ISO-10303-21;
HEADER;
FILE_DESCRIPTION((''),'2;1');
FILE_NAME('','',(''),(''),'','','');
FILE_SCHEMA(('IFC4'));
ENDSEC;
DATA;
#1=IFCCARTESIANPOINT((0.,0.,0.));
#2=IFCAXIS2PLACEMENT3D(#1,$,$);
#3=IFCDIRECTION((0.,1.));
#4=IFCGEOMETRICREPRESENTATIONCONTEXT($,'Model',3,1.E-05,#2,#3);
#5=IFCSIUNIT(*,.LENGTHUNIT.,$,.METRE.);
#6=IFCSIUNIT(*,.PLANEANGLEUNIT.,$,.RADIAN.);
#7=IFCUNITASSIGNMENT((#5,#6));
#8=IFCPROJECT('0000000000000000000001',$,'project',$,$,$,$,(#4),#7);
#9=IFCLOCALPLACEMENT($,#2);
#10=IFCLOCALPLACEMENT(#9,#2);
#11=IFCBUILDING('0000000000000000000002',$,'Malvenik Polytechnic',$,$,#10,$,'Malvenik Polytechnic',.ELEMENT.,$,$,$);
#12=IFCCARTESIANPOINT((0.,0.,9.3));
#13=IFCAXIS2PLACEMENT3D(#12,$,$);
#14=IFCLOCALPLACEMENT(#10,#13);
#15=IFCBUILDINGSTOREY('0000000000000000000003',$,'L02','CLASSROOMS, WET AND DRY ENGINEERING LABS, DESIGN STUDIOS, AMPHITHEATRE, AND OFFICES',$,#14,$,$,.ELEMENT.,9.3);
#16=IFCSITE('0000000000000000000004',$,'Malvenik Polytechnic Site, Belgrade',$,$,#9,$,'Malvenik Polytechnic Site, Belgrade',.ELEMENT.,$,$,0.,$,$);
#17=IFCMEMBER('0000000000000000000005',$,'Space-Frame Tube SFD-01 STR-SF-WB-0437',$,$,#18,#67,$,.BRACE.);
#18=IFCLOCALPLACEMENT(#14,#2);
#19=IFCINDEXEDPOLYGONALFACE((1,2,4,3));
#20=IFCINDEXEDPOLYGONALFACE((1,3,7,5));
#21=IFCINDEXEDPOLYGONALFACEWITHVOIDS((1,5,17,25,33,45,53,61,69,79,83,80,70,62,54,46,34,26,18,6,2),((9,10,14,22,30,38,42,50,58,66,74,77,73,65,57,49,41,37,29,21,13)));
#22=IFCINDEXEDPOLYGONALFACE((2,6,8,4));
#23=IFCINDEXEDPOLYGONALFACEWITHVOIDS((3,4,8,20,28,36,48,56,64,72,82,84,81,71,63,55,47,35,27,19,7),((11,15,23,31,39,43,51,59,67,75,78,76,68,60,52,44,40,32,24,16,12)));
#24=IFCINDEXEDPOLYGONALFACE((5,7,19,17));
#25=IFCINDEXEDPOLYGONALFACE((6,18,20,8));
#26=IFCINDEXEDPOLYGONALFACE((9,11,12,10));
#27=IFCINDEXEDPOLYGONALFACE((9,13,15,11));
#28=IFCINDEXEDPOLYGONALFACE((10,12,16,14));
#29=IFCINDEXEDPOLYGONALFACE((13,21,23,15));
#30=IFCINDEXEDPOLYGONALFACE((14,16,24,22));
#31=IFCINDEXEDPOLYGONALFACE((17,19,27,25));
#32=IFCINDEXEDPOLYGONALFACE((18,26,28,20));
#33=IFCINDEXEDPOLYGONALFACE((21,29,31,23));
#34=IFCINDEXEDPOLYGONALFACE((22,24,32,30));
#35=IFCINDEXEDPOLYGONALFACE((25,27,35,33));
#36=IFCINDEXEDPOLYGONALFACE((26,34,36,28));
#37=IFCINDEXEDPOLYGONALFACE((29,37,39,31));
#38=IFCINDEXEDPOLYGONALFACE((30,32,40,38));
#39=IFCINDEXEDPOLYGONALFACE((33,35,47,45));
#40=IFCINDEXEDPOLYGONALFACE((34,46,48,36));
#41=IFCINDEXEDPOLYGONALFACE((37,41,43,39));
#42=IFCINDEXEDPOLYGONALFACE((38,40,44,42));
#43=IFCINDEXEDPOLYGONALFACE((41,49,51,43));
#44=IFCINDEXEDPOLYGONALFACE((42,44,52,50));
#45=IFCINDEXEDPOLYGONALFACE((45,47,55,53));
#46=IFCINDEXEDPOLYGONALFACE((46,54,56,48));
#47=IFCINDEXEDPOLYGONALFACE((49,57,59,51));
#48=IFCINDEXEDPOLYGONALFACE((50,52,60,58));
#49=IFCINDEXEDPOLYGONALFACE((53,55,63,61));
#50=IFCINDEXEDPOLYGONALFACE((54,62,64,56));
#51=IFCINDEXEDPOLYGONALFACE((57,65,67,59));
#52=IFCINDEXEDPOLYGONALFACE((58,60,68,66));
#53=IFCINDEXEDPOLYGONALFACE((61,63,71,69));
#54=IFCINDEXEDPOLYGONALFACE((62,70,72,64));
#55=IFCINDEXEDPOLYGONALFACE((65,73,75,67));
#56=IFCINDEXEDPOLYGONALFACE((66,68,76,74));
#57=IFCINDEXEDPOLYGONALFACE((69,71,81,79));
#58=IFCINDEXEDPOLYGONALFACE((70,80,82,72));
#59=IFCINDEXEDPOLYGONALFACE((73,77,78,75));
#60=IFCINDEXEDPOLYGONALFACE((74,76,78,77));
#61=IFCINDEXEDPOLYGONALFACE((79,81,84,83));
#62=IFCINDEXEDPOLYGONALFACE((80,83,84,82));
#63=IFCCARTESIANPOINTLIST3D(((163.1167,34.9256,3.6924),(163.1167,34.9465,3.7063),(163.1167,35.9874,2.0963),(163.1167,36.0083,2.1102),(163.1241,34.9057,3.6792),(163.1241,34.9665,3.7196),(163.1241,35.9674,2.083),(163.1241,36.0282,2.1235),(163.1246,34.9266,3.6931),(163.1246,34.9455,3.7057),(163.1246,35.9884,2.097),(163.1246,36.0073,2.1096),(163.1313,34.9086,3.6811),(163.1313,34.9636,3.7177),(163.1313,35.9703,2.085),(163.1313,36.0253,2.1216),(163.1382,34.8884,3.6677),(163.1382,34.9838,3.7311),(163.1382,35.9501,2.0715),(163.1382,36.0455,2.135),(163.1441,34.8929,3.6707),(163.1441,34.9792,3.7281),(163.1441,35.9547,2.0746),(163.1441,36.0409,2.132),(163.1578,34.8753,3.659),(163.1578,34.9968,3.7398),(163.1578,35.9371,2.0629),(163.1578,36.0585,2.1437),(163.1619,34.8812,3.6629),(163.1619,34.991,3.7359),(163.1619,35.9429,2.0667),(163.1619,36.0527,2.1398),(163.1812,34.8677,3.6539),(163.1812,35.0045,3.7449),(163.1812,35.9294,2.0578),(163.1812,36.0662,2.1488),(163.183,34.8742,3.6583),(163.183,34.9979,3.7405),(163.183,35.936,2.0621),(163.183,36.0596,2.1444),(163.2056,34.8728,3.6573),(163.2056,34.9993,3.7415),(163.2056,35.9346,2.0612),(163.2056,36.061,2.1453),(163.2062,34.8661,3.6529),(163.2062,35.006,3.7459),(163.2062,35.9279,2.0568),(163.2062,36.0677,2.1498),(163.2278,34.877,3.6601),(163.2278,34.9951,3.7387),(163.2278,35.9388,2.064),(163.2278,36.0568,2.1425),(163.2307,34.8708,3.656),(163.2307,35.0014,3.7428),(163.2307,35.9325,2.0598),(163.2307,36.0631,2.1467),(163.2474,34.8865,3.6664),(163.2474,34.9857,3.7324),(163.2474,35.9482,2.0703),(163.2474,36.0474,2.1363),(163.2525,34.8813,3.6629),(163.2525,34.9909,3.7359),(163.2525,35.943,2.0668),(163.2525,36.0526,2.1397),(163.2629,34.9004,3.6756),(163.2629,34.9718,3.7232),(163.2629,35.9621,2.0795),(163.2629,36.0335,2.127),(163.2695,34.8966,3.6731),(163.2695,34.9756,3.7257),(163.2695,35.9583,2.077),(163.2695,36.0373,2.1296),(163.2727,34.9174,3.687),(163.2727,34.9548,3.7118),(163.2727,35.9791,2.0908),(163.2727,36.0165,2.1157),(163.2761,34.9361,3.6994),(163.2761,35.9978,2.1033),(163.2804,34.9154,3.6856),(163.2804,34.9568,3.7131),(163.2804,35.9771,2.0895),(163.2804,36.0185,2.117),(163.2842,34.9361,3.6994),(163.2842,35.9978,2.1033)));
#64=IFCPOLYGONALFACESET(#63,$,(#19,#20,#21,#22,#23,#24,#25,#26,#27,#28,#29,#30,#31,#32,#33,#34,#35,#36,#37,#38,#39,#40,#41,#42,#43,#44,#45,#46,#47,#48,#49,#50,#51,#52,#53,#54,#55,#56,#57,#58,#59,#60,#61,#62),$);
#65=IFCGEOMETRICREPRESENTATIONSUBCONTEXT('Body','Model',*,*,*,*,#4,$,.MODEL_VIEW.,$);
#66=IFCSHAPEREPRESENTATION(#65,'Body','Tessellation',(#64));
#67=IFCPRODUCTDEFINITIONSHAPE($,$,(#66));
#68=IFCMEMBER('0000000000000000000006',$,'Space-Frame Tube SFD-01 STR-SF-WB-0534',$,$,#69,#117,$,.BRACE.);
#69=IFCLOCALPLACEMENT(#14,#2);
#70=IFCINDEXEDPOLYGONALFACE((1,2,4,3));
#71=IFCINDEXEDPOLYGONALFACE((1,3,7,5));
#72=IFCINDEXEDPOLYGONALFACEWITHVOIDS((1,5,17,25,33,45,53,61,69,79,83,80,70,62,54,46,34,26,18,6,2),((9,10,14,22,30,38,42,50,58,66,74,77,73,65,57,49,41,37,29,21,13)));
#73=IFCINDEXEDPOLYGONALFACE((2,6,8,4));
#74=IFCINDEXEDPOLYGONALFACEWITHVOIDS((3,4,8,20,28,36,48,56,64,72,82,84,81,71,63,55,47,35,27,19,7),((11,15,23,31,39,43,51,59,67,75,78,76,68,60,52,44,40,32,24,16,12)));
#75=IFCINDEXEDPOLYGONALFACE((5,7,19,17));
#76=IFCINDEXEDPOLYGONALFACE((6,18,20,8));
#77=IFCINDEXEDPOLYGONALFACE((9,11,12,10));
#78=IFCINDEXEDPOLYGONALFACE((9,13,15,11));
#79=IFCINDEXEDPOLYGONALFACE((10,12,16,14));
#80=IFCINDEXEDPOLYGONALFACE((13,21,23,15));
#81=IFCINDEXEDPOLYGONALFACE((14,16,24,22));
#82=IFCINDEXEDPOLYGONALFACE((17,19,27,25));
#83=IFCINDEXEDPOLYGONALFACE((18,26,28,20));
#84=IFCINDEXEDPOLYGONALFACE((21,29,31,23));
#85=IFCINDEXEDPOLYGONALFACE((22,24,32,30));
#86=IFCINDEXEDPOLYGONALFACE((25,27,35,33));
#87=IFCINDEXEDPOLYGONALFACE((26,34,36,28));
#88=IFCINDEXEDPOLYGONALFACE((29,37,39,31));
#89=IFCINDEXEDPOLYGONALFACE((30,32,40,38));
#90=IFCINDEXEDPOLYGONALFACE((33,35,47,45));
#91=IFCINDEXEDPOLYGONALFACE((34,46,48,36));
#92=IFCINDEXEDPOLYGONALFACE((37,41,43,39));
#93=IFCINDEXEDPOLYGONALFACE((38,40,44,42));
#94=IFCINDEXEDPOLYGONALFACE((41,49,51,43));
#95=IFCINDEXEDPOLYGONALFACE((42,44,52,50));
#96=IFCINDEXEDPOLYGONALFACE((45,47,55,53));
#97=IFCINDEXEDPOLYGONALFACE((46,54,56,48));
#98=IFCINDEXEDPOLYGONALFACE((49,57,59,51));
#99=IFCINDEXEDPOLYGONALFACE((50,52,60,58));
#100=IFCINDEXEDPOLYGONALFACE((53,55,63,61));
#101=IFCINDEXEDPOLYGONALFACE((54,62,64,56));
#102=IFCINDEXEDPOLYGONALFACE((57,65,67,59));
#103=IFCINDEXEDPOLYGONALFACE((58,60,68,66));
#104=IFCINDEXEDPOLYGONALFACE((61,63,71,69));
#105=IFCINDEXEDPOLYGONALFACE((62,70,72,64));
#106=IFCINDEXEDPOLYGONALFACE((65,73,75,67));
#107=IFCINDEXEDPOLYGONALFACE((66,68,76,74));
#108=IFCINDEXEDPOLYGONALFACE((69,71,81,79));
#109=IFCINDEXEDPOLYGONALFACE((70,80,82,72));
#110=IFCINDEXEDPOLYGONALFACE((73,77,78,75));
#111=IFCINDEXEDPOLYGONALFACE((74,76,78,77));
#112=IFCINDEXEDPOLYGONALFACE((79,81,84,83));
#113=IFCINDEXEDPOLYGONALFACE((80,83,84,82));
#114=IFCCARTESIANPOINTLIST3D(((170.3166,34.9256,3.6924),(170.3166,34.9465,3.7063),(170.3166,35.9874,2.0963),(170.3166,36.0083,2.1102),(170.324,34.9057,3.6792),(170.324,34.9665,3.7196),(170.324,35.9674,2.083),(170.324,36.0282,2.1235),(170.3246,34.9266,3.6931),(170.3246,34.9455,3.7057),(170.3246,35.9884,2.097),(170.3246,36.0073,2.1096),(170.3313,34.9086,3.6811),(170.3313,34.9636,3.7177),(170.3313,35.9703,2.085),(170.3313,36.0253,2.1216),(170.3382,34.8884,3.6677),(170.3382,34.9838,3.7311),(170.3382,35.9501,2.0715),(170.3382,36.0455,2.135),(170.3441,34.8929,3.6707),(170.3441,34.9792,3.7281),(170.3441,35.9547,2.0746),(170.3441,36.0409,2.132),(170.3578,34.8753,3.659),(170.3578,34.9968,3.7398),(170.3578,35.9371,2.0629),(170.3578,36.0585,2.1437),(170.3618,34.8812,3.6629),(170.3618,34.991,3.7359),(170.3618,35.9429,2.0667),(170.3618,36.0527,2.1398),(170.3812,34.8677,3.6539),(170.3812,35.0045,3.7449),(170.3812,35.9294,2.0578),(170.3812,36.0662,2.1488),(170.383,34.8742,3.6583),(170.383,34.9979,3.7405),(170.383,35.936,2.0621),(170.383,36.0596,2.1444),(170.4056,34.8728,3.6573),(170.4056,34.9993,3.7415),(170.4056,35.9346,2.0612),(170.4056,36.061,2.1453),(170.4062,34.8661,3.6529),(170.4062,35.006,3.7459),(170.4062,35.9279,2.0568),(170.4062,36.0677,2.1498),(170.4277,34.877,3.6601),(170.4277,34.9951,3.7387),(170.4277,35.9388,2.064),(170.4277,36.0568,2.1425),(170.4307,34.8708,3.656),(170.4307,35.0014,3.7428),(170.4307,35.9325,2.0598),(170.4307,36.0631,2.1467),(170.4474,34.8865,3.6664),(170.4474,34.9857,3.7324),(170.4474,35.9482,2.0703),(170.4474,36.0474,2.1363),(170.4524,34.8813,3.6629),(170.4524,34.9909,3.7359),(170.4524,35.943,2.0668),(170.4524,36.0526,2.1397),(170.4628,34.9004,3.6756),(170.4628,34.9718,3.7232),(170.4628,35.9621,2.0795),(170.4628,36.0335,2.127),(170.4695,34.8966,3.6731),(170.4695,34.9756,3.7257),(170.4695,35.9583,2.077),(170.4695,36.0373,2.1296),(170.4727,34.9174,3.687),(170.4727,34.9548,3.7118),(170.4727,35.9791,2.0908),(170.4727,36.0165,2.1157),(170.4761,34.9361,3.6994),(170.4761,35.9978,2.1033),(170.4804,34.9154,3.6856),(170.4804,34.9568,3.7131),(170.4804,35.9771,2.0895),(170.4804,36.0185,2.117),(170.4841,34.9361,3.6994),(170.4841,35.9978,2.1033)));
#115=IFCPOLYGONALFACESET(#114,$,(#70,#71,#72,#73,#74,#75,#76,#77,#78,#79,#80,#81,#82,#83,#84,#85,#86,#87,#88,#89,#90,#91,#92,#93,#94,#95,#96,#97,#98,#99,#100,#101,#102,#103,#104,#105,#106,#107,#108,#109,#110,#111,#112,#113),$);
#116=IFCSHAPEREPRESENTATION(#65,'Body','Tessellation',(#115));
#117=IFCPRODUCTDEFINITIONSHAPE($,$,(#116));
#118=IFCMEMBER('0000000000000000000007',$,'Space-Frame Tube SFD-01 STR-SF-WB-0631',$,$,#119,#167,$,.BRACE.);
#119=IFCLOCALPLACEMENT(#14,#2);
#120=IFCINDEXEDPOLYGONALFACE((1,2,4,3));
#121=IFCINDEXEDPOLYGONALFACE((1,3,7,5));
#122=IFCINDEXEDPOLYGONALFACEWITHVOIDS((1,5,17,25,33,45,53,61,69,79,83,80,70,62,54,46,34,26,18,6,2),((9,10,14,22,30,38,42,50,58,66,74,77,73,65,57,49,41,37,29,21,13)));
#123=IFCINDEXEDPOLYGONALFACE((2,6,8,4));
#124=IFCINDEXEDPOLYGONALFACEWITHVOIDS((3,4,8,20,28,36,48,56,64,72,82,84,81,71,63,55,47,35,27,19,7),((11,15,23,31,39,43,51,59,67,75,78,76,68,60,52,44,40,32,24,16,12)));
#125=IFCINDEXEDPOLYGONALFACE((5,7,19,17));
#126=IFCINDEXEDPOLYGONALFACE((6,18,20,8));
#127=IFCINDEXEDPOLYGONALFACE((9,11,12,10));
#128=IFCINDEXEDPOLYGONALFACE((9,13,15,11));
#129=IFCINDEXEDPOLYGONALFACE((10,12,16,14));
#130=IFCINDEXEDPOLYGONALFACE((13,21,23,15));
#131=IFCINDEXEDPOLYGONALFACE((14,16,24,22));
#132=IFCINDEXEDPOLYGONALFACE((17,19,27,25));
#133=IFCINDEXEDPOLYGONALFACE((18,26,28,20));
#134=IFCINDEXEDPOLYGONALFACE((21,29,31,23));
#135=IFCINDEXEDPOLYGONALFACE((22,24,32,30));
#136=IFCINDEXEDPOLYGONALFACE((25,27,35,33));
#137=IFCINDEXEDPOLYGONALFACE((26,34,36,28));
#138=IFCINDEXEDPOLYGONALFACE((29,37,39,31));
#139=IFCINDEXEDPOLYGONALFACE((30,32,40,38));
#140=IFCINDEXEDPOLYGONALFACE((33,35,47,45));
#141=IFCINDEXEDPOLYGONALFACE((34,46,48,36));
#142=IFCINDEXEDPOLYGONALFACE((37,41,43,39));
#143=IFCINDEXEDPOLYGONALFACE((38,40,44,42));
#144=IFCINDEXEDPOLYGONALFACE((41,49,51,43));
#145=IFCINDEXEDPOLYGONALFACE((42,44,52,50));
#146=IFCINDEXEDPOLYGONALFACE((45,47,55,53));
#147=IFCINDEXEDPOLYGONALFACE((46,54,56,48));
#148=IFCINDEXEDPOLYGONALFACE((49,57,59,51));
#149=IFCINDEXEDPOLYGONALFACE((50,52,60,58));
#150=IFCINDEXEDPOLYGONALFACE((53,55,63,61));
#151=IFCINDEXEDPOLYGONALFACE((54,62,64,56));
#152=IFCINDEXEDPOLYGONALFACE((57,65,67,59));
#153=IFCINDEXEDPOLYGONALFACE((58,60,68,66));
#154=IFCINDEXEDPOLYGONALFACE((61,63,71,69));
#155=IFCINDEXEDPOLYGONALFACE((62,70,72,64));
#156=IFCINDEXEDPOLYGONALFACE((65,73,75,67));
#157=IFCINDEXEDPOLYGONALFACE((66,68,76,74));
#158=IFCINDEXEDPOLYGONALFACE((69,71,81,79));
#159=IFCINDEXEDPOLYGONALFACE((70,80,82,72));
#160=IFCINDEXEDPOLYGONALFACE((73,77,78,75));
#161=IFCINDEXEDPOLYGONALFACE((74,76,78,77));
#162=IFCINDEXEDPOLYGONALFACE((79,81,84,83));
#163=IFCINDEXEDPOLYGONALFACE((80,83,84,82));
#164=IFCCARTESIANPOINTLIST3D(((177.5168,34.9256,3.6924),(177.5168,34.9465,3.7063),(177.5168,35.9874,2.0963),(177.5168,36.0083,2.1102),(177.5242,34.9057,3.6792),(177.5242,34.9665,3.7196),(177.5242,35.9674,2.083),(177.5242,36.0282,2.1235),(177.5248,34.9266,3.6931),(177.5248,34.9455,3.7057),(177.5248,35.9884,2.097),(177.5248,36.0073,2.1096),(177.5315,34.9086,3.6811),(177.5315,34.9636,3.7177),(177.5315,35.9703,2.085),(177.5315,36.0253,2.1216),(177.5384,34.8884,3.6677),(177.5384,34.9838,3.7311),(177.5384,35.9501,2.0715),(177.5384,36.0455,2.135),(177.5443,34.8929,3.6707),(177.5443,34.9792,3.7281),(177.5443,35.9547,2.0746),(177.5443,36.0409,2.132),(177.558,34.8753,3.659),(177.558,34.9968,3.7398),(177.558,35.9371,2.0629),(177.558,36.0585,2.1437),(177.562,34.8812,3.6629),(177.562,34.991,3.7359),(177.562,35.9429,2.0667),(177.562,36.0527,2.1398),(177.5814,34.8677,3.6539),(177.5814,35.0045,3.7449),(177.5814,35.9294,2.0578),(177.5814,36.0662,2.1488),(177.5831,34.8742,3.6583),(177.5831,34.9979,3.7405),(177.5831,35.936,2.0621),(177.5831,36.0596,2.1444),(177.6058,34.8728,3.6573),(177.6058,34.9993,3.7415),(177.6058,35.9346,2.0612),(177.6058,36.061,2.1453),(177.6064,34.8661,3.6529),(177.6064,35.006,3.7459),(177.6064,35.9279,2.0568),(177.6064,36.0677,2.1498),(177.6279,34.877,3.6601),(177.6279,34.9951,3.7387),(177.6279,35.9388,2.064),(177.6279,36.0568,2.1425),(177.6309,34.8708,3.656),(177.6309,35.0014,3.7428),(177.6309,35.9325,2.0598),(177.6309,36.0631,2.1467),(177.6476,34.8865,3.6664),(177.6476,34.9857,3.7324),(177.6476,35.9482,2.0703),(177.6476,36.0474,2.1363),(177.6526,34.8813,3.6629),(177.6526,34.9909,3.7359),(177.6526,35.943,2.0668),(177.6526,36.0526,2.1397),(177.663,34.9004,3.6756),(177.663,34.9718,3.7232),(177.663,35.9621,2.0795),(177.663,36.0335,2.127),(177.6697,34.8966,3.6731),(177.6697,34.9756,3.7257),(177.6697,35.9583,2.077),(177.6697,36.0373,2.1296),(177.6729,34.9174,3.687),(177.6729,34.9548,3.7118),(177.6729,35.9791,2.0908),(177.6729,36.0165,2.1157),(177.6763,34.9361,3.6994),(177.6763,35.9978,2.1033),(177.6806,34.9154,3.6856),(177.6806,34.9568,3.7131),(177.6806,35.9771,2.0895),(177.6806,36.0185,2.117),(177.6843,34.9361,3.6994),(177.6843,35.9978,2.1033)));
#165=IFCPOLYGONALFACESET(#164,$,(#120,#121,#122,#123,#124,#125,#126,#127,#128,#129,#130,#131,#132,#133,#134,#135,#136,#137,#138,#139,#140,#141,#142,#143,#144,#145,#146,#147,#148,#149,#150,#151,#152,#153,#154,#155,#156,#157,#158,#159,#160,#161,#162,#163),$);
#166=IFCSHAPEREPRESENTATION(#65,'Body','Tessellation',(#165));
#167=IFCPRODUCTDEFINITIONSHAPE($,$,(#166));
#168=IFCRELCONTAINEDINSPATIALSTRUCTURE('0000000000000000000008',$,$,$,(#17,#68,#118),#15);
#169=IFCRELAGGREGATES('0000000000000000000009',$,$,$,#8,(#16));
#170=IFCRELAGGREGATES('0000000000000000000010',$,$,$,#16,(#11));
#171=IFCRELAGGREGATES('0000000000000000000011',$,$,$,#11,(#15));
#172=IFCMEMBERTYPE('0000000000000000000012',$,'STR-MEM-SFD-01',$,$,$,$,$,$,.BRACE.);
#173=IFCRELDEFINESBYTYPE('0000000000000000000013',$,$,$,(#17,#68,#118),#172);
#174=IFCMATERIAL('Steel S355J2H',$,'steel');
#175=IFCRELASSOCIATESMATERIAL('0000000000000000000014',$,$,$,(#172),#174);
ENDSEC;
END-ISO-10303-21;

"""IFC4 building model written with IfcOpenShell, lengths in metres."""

from ifc_helpers import new_model, si_unit, direction, frame, origin, origin_2d, place, context, subcontext, project, spatial, hollow_circle, extrude, material, material_profile, profile_set, type_object, element, save


model = new_model("IFC4")

# Units and contexts
model_context = context("Model", 3, precision=1e-05, world=origin(), true_north=direction((0.0, 1.0)))
body_context = subcontext(model_context, "Body", "Model", "MODEL_VIEW")
ifc_project = project(units=[si_unit("LENGTHUNIT", "METRE"), si_unit("PLANEANGLEUNIT", "RADIAN")], contexts=[model_context])

# Site, building, storey
site_placement = place(None, origin())
site = spatial("IfcSite", under=ifc_project, at=site_placement, Name="Malvenik Polytechnic Site, Belgrade", LongName="Malvenik Polytechnic Site, Belgrade", CompositionType="ELEMENT", RefElevation=0.0)
building_placement = place(site_placement, origin())
building = spatial("IfcBuilding", under=site, at=building_placement, Name="Malvenik Polytechnic", LongName="Malvenik Polytechnic", CompositionType="ELEMENT")
storey_placement = place(building_placement, frame((0.0, 0.0, 9.3)))
storey = spatial("IfcBuildingStorey", under=building, at=storey_placement, Name="L02", Description="CLASSROOMS, WET AND DRY ENGINEERING LABS, DESIGN STUDIOS, AMPHITHEATRE, AND OFFICES", CompositionType="ELEMENT", Elevation=9.3)

# Members
ifc_material_1 = material(Name="Steel S355J2H", Category="steel")
ifc_material_profile_1 = material_profile(ifc_material_1, hollow_circle(Radius=0.0842, WallThickness=0.0081, at=origin_2d()), Name="CHS 168.3x8.0")
ifc_profile_set_1 = profile_set([ifc_material_profile_1], Name="Steel S355J2H")
member_type_1 = type_object("IfcMemberType", Name="STR-MEM-SFD-01", PredefinedType="BRACE", material=ifc_profile_set_1)
for number, where, z_axis, x_axis, name in (
    (1, (163.2, 35.9978, 2.1033), (0.0, -0.553848, 0.832618), (1.0, 0.0, 0.0), "Space-Frame Tube SFD-01 STR-SF-WB-0437"),
    (2, (170.3999, 35.9978, 2.1033), (0.0, -0.553848, 0.832618), (1.0, 0.0, 0.0), "Space-Frame Tube SFD-01 STR-SF-WB-0534"),
    (3, (177.6001, 35.9978, 2.1033), (0.0, -0.553848, 0.832618), (1.0, 0.0, 0.0), "Space-Frame Tube SFD-01 STR-SF-WB-0631"),
):
    element("IfcMember", number, at=place(storey_placement, frame(where, z_axis=z_axis, x_axis=x_axis)), inside=storey, type_object=member_type_1, Name=name, PredefinedType="BRACE", context=body_context, shape_type="SweptSolid", body=[
        extrude(hollow_circle(Radius=0.0842, WallThickness=0.0081, at=origin_2d()), origin(), (0.0, 0.0, 1.0), 1.917),
    ])

save(model, "model.ifc")
